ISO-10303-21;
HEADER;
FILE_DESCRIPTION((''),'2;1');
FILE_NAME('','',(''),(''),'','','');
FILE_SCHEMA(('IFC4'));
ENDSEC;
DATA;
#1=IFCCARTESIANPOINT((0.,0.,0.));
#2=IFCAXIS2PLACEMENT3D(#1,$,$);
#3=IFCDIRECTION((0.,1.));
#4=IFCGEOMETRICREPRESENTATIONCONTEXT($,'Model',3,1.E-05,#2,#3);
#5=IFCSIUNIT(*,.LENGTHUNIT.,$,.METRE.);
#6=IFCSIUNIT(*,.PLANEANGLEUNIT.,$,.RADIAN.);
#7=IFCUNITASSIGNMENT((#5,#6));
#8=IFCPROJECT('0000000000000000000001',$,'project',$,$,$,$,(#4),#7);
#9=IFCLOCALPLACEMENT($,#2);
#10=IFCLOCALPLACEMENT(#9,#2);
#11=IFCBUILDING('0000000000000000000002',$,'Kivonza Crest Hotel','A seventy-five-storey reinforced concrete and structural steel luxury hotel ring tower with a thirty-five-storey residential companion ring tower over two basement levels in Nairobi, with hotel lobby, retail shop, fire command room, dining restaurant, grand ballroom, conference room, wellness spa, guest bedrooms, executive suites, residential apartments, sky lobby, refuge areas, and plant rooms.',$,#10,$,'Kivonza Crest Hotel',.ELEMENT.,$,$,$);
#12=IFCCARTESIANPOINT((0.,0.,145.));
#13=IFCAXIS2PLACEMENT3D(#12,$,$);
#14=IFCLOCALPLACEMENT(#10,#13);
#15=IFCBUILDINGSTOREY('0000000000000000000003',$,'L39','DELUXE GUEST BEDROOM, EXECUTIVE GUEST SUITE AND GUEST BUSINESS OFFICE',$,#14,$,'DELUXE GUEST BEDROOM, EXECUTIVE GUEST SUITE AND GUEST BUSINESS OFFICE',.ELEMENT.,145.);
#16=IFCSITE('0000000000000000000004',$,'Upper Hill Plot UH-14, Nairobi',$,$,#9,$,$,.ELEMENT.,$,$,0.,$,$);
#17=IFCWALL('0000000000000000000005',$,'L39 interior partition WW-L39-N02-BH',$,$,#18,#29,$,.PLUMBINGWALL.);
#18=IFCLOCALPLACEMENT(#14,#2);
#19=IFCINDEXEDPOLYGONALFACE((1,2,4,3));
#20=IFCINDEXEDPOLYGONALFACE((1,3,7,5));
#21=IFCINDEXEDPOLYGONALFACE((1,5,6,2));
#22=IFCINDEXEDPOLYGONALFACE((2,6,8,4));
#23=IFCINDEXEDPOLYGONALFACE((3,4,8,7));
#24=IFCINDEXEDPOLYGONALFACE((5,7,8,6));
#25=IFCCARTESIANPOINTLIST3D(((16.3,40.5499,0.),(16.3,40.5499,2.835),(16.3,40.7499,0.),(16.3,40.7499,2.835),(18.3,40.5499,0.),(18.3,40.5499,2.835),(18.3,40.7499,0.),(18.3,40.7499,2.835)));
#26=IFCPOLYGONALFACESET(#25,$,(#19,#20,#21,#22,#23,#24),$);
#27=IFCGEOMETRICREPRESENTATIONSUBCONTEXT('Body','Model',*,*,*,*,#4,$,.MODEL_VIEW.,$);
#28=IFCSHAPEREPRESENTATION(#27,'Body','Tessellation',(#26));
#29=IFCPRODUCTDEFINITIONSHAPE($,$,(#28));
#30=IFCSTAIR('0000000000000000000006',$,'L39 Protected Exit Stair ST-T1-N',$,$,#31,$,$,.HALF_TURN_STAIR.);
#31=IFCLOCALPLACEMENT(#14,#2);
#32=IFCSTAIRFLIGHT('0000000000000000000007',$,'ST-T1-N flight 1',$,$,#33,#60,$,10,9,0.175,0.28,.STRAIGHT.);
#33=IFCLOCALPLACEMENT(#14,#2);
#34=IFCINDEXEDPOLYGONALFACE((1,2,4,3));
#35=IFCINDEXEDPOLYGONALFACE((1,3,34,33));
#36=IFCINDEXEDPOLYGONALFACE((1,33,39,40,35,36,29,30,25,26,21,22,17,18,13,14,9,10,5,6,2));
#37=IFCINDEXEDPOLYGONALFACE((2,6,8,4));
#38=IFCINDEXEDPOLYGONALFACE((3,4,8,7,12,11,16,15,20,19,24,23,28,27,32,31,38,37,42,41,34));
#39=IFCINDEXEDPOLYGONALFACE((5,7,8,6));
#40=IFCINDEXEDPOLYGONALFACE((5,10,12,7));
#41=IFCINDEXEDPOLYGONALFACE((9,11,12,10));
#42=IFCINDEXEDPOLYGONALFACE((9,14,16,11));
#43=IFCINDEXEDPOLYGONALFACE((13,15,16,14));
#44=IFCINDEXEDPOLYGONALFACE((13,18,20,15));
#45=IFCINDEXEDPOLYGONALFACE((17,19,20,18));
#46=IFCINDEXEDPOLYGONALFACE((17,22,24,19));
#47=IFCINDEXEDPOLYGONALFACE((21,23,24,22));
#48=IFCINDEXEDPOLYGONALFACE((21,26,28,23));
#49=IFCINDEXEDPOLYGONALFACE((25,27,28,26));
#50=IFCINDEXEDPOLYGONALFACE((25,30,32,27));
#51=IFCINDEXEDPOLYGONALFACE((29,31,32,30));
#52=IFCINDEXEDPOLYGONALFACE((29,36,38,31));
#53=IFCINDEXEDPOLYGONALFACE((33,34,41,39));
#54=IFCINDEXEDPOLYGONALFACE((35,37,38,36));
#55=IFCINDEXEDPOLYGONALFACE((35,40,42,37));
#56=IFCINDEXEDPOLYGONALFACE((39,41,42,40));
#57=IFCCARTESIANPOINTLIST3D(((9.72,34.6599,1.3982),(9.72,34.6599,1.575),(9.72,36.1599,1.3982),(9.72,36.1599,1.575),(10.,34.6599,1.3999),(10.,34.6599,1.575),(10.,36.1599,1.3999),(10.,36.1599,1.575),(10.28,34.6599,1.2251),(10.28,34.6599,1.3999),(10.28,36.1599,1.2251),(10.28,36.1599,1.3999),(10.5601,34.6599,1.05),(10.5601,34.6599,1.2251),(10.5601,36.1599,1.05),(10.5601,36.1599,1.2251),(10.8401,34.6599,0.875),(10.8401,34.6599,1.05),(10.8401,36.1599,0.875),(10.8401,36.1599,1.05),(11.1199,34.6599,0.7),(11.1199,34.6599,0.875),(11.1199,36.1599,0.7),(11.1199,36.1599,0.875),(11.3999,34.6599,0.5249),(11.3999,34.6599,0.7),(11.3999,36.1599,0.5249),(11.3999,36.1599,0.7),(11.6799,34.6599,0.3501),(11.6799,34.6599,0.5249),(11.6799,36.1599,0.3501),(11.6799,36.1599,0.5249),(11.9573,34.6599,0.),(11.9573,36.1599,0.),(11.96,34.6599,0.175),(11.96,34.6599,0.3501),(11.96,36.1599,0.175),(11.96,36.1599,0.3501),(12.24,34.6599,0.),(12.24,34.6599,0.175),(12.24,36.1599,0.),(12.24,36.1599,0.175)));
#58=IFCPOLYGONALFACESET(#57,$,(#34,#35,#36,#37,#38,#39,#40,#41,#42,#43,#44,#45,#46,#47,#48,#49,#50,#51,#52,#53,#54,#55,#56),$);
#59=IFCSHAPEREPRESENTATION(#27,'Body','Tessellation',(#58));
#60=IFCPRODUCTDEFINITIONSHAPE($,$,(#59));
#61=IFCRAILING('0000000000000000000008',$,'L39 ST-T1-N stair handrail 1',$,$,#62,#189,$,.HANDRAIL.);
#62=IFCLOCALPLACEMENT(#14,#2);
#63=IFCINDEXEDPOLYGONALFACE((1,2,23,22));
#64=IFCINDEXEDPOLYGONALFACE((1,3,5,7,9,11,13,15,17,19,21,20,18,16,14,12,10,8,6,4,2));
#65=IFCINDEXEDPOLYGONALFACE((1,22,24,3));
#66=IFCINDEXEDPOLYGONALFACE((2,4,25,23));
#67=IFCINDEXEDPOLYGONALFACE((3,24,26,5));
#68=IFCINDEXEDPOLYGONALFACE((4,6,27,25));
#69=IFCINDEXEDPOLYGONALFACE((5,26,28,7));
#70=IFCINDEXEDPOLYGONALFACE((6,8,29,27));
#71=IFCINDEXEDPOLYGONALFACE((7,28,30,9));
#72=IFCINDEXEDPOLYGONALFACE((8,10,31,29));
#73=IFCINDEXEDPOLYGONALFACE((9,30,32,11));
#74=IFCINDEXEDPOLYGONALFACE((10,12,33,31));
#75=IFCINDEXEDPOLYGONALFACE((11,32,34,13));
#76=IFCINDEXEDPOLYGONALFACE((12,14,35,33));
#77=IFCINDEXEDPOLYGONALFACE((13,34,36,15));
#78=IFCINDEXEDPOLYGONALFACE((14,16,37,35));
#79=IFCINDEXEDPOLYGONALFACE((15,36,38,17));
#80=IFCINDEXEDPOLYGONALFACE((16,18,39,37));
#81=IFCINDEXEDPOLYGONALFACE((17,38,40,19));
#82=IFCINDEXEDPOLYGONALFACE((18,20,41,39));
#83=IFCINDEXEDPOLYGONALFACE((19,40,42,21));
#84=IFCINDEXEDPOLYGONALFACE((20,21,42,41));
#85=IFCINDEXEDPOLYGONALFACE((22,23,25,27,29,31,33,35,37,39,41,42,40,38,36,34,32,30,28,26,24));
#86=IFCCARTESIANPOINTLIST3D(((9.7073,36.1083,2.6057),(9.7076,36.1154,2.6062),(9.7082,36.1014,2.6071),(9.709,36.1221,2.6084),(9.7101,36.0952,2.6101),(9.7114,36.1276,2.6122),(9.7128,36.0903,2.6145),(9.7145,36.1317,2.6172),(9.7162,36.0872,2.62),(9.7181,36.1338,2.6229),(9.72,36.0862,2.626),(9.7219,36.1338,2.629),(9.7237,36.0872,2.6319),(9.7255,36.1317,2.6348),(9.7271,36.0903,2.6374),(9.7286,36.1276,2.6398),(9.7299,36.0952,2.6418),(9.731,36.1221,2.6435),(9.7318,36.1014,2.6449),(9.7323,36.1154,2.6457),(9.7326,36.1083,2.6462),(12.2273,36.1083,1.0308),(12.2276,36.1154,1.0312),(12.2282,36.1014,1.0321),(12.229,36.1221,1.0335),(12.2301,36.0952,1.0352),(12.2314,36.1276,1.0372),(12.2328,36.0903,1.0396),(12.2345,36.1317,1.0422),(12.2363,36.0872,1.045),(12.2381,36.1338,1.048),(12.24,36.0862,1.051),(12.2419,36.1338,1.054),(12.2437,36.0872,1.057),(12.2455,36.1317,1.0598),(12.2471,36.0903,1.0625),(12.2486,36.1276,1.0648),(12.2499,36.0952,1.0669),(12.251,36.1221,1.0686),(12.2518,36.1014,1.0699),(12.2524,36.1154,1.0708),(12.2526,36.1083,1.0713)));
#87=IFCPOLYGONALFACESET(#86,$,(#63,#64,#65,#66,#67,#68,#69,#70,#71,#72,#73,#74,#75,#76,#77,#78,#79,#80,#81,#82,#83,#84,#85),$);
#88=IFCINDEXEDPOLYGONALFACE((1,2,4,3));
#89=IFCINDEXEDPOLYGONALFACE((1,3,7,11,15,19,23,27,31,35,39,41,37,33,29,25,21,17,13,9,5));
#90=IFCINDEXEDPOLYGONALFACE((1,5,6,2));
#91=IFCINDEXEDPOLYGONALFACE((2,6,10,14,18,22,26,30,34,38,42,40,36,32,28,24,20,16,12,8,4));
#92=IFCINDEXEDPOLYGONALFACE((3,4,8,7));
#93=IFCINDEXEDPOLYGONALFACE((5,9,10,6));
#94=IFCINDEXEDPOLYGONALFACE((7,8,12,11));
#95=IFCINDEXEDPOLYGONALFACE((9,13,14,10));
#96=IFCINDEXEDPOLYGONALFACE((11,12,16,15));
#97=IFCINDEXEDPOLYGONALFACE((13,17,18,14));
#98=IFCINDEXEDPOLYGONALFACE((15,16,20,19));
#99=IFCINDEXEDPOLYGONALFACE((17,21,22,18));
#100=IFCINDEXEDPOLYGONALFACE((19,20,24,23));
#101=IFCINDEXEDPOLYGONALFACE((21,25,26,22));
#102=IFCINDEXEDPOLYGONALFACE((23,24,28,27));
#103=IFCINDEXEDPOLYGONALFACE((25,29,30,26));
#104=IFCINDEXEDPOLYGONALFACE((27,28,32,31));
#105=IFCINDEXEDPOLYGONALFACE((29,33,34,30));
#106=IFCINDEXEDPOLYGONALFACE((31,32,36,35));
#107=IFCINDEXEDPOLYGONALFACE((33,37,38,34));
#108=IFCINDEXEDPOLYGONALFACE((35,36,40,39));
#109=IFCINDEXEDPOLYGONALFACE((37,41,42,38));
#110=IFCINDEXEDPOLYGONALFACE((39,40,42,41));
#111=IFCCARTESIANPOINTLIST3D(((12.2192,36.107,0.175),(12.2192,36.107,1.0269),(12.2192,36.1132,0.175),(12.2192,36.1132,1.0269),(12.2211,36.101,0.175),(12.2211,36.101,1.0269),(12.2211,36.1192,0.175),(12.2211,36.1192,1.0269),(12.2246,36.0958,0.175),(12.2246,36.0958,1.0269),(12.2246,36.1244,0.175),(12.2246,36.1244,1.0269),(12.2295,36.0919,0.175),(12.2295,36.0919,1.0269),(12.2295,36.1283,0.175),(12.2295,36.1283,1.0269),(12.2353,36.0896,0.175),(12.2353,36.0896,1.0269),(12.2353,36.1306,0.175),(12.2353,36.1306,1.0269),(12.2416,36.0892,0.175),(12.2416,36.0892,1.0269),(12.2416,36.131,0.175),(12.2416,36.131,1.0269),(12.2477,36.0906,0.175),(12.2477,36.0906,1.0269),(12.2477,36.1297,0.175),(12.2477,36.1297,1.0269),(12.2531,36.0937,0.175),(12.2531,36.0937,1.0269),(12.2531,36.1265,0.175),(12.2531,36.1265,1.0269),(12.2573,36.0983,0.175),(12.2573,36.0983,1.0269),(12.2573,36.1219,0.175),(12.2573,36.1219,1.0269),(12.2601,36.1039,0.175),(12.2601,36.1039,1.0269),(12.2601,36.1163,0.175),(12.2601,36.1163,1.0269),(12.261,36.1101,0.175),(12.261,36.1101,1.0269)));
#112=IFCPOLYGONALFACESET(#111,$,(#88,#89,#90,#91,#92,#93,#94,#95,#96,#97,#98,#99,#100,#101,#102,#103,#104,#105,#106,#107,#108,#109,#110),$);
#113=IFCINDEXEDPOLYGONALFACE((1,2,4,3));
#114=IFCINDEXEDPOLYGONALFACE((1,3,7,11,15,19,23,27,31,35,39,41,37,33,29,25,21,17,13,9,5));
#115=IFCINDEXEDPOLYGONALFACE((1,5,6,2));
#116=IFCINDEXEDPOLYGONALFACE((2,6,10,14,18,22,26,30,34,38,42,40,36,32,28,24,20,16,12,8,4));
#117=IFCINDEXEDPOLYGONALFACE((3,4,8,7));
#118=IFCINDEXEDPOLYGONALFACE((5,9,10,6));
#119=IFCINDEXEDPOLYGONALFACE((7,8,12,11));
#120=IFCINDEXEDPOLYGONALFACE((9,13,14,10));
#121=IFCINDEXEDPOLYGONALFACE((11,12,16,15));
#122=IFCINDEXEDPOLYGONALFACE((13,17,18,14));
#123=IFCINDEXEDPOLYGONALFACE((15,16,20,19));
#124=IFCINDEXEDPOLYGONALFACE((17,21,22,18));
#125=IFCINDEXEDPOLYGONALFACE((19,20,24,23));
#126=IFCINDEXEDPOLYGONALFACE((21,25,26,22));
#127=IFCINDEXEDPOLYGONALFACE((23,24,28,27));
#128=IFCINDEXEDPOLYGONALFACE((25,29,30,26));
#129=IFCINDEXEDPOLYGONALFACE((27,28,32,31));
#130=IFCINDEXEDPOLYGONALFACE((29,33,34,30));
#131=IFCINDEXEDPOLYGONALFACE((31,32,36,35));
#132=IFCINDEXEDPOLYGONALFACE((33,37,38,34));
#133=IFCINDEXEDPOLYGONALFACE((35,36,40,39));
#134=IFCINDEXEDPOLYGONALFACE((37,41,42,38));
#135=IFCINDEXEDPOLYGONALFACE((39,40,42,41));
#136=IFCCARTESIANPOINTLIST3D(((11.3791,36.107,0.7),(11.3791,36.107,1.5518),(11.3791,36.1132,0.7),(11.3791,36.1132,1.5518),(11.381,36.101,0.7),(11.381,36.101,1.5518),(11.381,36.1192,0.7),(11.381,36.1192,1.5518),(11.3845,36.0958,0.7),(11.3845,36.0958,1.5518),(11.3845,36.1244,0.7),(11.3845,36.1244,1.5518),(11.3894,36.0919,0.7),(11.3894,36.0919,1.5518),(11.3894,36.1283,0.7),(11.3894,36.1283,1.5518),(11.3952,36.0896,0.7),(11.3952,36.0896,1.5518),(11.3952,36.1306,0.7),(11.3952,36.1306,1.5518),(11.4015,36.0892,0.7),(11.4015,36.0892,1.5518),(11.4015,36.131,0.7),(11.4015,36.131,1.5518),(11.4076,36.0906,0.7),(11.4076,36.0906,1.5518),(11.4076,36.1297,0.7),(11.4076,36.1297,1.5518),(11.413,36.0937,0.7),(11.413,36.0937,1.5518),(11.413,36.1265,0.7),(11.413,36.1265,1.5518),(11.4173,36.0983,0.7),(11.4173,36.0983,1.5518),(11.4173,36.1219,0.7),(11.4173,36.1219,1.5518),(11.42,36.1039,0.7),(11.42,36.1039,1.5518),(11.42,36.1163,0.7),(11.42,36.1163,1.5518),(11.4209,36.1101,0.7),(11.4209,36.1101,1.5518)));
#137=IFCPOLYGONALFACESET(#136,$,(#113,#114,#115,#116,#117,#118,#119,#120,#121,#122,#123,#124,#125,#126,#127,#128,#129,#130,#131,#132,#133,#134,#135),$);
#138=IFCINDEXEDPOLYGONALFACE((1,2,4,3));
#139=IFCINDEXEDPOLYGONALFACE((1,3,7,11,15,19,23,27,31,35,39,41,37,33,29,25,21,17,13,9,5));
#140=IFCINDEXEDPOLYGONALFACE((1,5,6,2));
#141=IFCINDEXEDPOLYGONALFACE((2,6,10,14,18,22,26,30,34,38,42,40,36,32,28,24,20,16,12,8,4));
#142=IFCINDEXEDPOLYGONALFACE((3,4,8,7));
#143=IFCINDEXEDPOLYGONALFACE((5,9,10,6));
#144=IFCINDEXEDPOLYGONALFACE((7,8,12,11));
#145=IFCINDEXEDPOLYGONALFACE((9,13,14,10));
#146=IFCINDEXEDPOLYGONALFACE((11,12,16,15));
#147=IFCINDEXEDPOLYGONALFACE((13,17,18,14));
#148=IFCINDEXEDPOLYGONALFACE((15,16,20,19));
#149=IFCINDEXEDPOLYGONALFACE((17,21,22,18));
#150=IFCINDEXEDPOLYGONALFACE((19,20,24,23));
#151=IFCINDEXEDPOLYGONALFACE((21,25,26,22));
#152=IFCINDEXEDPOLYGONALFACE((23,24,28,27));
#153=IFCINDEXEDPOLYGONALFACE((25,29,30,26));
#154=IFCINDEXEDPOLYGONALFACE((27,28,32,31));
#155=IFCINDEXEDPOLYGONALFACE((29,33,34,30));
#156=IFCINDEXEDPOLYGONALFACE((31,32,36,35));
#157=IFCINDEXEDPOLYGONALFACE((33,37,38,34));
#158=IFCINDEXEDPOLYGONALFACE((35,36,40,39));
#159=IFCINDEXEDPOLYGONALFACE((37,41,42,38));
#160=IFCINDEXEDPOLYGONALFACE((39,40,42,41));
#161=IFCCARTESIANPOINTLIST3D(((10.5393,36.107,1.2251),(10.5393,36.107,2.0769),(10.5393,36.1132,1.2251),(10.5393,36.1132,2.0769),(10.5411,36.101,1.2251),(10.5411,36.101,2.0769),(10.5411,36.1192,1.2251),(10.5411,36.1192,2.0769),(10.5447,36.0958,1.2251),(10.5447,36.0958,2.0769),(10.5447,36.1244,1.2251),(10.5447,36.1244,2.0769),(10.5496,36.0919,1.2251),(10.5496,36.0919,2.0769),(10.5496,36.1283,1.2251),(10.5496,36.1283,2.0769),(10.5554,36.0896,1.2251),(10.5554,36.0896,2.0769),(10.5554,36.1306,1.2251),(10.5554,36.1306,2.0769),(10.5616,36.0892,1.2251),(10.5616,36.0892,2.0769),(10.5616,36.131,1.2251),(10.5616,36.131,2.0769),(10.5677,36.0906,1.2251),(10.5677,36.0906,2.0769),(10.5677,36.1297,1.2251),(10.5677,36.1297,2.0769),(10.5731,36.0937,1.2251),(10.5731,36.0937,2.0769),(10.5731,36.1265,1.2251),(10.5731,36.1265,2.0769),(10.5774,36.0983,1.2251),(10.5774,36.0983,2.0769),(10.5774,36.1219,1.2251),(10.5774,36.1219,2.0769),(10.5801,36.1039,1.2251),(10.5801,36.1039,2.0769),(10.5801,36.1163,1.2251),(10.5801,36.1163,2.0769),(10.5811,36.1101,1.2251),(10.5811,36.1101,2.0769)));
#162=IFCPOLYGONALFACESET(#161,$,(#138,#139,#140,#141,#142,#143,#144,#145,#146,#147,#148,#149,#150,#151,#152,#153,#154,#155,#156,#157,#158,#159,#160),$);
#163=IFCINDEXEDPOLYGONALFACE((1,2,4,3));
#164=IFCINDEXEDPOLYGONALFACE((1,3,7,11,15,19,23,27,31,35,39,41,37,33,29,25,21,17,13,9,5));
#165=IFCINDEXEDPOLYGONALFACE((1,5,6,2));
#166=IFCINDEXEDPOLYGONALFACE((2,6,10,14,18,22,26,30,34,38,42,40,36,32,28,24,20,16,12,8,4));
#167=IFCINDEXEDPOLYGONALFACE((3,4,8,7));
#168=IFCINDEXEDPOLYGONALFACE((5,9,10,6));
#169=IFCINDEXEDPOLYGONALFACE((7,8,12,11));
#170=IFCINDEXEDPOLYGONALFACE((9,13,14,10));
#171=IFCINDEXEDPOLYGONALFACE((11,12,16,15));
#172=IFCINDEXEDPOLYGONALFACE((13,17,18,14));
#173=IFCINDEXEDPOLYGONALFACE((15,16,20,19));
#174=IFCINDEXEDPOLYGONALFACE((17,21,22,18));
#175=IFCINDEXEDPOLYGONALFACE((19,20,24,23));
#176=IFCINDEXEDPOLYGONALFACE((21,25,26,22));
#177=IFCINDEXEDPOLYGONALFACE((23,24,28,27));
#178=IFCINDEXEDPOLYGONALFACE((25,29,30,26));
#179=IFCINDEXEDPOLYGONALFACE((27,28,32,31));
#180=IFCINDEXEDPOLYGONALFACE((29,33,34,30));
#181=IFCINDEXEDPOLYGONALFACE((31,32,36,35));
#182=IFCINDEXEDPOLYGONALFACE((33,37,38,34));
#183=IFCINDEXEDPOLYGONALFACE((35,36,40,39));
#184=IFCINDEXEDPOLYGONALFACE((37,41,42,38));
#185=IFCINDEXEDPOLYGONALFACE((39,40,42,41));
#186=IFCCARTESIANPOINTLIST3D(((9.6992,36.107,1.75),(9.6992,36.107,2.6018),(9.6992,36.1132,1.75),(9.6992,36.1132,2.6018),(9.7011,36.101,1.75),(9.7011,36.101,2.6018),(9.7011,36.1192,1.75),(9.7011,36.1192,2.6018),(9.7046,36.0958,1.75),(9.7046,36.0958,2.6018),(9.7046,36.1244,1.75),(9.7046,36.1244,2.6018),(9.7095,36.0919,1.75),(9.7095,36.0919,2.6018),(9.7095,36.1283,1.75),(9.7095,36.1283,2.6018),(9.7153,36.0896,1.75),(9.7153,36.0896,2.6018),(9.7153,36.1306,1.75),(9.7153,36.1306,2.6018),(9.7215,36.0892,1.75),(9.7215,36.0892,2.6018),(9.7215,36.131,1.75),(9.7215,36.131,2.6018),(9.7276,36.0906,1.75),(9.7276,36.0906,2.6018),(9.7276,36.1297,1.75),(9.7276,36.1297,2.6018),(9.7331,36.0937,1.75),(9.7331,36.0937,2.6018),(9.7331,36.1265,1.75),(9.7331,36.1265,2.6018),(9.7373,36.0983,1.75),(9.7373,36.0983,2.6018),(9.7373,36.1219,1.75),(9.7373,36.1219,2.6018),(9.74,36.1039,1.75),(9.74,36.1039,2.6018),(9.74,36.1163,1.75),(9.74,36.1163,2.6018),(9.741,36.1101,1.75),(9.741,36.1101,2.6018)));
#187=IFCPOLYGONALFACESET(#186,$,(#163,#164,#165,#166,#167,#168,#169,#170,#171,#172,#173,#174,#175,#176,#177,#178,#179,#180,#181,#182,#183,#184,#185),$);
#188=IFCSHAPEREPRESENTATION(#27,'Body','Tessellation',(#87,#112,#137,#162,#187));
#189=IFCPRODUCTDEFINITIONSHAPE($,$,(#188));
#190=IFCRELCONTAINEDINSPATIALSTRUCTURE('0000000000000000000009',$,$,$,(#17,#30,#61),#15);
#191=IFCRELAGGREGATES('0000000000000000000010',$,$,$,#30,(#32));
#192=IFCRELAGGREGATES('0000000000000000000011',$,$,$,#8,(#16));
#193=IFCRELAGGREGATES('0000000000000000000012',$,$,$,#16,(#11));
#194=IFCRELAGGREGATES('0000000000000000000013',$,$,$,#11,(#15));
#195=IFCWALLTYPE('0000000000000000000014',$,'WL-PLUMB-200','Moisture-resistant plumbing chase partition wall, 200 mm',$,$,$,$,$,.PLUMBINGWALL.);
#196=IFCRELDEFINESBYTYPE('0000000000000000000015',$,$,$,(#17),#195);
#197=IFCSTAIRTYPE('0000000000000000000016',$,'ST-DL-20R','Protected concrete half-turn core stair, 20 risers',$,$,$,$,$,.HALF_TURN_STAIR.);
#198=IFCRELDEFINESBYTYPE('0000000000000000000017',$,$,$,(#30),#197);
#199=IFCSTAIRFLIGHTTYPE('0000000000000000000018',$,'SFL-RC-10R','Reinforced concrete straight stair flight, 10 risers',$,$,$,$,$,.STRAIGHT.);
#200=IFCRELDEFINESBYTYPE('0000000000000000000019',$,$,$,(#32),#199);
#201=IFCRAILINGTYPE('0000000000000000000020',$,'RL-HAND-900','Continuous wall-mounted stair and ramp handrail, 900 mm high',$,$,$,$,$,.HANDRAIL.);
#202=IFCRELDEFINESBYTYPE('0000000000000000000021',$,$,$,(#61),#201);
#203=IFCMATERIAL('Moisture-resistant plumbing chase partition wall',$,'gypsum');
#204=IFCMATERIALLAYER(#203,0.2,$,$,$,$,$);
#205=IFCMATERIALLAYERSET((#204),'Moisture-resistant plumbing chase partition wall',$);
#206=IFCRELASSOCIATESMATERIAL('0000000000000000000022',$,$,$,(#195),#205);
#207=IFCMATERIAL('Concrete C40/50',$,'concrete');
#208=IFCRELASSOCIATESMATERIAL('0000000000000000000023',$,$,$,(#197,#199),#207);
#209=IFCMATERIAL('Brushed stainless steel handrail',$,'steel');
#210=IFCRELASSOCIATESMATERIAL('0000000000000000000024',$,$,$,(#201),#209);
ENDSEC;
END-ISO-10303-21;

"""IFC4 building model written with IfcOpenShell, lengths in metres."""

from ifc_helpers import new_model, si_unit, direction, frame, frame_2d, origin, origin_2d, place, context, subcontext, project, spatial, polyline, rectangle, circle, outline, extrude, material, layer, layer_set, type_object, element, aggregate, save


model = new_model("IFC4")

# Units and contexts
model_context = context("Model", 3, precision=1e-05, world=origin(), true_north=direction((0.0, 1.0)))
body_context = subcontext(model_context, "Body", "Model", "MODEL_VIEW")
ifc_project = project(units=[si_unit("LENGTHUNIT", "METRE"), si_unit("PLANEANGLEUNIT", "RADIAN")], contexts=[model_context])

# Site, building, storey
site_placement = place(None, origin())
site = spatial("IfcSite", under=ifc_project, at=site_placement, Name="Upper Hill Plot UH-14, Nairobi", CompositionType="ELEMENT", RefElevation=0.0)
building_placement = place(site_placement, origin())
building = spatial("IfcBuilding", under=site, at=building_placement, Name="Kivonza Crest Hotel", Description="A seventy-five-storey reinforced concrete and structural steel luxury hotel ring tower with a thirty-five-storey residential companion ring tower over two basement levels in Nairobi, with hotel lobby, retail shop, fire command room, dining restaurant, grand ballroom, conference room, wellness spa, guest bedrooms, executive suites, residential apartments, sky lobby, refuge areas, and plant rooms.", LongName="Kivonza Crest Hotel", CompositionType="ELEMENT")
storey_placement = place(building_placement, frame((0.0, 0.0, 145.0)))
storey = spatial("IfcBuildingStorey", under=building, at=storey_placement, Name="L39", Description="DELUXE GUEST BEDROOM, EXECUTIVE GUEST SUITE AND GUEST BUSINESS OFFICE", LongName="DELUXE GUEST BEDROOM, EXECUTIVE GUEST SUITE AND GUEST BUSINESS OFFICE", CompositionType="ELEMENT", Elevation=145.0)

# Shared definitions
ifc_material_1 = material(Name="Moisture-resistant plumbing chase partition wall", Category="gypsum")
ifc_layer_1 = layer(ifc_material_1, 0.2)
ifc_layer_set_1 = layer_set([ifc_layer_1], Name="Moisture-resistant plumbing chase partition wall")
wall_type_1 = type_object("IfcWallType", Name="WL-PLUMB-200", Description="Moisture-resistant plumbing chase partition wall, 200 mm", PredefinedType="PLUMBINGWALL", material=ifc_layer_set_1)

# Wall
wall_1_placement = place(storey_placement, frame((16.3, 40.6499, 0.0), z_axis=(0.0, 0.0, 1.0), x_axis=(1.0, 0.0, 0.0)))
element("IfcWall", 1, at=wall_1_placement, inside=storey, type_object=wall_type_1, Name="L39 interior partition WW-L39-N02-BH", PredefinedType="PLUMBINGWALL", context=body_context, shape_type="SweptSolid", body=[
    extrude(rectangle(XDim=2.0, YDim=0.2, at=frame_2d((1.0, 0.0))), origin(), (0.0, 0.0, 1.0), 2.835),
])

# Stair, stair flight
ifc_material_2 = material(Name="Concrete C40/50", Category="concrete")
stair_type = type_object("IfcStairType", Name="ST-DL-20R", Description="Protected concrete half-turn core stair, 20 risers", PredefinedType="HALF_TURN_STAIR", material=ifc_material_2)
stair_placement = place(storey_placement, origin())
stair = element("IfcStair", 2, at=stair_placement, inside=storey, type_object=stair_type, Name="L39 Protected Exit Stair ST-T1-N", PredefinedType="HALF_TURN_STAIR")
stair_flight_type = type_object("IfcStairFlightType", Name="SFL-RC-10R", Description="Reinforced concrete straight stair flight, 10 risers", PredefinedType="STRAIGHT", material=ifc_material_2)
stair_flight_placement = place(storey_placement, frame((12.24, 35.4099, 0.0), z_axis=(0.0, 0.0, 1.0), x_axis=(-1.0, 0.0, 0.0)))
stair_flight = element("IfcStairFlight", 3, at=stair_flight_placement, type_object=stair_flight_type, Name="ST-T1-N flight 1", NumberOfRisers=10, NumberOfTreads=9, PredefinedType="STRAIGHT", RiserHeight=0.175, TreadLength=0.28, context=body_context, shape_type="SweptSolid", body=[
    extrude(outline(polyline([(0.0, 0.0), (0.0, 0.175), (0.28, 0.175), (0.28, 0.3501), (0.5601, 0.3501), (0.5601, 0.5249), (0.8401, 0.5249), (0.8401, 0.7), (1.1201, 0.7), (1.1201, 0.875), (1.3999, 0.875), (1.3999, 1.05), (1.6799, 1.05), (1.6799, 1.2251), (1.96, 1.2251), (1.96, 1.3999), (2.24, 1.3999), (2.24, 1.575), (2.52, 1.575), (2.52, 1.75), (2.52, 1.3982), (0.2827, 0.0), (0.0, 0.0)])), frame((0.0, 0.75, 0.0), z_axis=(0.0, -1.0, 0.0), x_axis=(1.0, 0.0, 0.0)), (0.0, 0.0, 1.0), 1.5),
])
aggregate(stair, [stair_flight])

# Railing
ifc_material_3 = material(Name="Brushed stainless steel handrail", Category="steel")
railing_type_1 = type_object("IfcRailingType", Name="RL-HAND-900", Description="Continuous wall-mounted stair and ramp handrail, 900 mm high", PredefinedType="HANDRAIL", material=ifc_material_3)
railing_1_placement = place(storey_placement, frame((12.24, 36.1101, 0.175)))
element("IfcRailing", 4, at=railing_1_placement, inside=storey, type_object=railing_type_1, Name="L39 ST-T1-N stair handrail 1", PredefinedType="HANDRAIL", context=body_context, shape_type="SweptSolid", body=[
    extrude(circle(Radius=0.0239, at=origin_2d()), frame((0.0, 0.0, 0.876), z_axis=(-0.848008, 0.0, 0.529984), x_axis=(0.0, -1.0, 0.0)), (0.0, 0.0, 1.0), 2.9717),
    extrude(circle(Radius=0.021, at=origin_2d()), origin(), (0.0, 0.0, 1.0), 0.8518),
    extrude(circle(Radius=0.021, at=origin_2d()), frame((-0.8401, 0.0, 0.5249)), (0.0, 0.0, 1.0), 0.8518),
    extrude(circle(Radius=0.021, at=origin_2d()), frame((-1.6799, 0.0, 1.05)), (0.0, 0.0, 1.0), 0.8518),
    extrude(circle(Radius=0.021, at=origin_2d()), frame((-2.52, 0.0, 1.575)), (0.0, 0.0, 1.0), 0.8518),
])

save(model, "model.ifc")
